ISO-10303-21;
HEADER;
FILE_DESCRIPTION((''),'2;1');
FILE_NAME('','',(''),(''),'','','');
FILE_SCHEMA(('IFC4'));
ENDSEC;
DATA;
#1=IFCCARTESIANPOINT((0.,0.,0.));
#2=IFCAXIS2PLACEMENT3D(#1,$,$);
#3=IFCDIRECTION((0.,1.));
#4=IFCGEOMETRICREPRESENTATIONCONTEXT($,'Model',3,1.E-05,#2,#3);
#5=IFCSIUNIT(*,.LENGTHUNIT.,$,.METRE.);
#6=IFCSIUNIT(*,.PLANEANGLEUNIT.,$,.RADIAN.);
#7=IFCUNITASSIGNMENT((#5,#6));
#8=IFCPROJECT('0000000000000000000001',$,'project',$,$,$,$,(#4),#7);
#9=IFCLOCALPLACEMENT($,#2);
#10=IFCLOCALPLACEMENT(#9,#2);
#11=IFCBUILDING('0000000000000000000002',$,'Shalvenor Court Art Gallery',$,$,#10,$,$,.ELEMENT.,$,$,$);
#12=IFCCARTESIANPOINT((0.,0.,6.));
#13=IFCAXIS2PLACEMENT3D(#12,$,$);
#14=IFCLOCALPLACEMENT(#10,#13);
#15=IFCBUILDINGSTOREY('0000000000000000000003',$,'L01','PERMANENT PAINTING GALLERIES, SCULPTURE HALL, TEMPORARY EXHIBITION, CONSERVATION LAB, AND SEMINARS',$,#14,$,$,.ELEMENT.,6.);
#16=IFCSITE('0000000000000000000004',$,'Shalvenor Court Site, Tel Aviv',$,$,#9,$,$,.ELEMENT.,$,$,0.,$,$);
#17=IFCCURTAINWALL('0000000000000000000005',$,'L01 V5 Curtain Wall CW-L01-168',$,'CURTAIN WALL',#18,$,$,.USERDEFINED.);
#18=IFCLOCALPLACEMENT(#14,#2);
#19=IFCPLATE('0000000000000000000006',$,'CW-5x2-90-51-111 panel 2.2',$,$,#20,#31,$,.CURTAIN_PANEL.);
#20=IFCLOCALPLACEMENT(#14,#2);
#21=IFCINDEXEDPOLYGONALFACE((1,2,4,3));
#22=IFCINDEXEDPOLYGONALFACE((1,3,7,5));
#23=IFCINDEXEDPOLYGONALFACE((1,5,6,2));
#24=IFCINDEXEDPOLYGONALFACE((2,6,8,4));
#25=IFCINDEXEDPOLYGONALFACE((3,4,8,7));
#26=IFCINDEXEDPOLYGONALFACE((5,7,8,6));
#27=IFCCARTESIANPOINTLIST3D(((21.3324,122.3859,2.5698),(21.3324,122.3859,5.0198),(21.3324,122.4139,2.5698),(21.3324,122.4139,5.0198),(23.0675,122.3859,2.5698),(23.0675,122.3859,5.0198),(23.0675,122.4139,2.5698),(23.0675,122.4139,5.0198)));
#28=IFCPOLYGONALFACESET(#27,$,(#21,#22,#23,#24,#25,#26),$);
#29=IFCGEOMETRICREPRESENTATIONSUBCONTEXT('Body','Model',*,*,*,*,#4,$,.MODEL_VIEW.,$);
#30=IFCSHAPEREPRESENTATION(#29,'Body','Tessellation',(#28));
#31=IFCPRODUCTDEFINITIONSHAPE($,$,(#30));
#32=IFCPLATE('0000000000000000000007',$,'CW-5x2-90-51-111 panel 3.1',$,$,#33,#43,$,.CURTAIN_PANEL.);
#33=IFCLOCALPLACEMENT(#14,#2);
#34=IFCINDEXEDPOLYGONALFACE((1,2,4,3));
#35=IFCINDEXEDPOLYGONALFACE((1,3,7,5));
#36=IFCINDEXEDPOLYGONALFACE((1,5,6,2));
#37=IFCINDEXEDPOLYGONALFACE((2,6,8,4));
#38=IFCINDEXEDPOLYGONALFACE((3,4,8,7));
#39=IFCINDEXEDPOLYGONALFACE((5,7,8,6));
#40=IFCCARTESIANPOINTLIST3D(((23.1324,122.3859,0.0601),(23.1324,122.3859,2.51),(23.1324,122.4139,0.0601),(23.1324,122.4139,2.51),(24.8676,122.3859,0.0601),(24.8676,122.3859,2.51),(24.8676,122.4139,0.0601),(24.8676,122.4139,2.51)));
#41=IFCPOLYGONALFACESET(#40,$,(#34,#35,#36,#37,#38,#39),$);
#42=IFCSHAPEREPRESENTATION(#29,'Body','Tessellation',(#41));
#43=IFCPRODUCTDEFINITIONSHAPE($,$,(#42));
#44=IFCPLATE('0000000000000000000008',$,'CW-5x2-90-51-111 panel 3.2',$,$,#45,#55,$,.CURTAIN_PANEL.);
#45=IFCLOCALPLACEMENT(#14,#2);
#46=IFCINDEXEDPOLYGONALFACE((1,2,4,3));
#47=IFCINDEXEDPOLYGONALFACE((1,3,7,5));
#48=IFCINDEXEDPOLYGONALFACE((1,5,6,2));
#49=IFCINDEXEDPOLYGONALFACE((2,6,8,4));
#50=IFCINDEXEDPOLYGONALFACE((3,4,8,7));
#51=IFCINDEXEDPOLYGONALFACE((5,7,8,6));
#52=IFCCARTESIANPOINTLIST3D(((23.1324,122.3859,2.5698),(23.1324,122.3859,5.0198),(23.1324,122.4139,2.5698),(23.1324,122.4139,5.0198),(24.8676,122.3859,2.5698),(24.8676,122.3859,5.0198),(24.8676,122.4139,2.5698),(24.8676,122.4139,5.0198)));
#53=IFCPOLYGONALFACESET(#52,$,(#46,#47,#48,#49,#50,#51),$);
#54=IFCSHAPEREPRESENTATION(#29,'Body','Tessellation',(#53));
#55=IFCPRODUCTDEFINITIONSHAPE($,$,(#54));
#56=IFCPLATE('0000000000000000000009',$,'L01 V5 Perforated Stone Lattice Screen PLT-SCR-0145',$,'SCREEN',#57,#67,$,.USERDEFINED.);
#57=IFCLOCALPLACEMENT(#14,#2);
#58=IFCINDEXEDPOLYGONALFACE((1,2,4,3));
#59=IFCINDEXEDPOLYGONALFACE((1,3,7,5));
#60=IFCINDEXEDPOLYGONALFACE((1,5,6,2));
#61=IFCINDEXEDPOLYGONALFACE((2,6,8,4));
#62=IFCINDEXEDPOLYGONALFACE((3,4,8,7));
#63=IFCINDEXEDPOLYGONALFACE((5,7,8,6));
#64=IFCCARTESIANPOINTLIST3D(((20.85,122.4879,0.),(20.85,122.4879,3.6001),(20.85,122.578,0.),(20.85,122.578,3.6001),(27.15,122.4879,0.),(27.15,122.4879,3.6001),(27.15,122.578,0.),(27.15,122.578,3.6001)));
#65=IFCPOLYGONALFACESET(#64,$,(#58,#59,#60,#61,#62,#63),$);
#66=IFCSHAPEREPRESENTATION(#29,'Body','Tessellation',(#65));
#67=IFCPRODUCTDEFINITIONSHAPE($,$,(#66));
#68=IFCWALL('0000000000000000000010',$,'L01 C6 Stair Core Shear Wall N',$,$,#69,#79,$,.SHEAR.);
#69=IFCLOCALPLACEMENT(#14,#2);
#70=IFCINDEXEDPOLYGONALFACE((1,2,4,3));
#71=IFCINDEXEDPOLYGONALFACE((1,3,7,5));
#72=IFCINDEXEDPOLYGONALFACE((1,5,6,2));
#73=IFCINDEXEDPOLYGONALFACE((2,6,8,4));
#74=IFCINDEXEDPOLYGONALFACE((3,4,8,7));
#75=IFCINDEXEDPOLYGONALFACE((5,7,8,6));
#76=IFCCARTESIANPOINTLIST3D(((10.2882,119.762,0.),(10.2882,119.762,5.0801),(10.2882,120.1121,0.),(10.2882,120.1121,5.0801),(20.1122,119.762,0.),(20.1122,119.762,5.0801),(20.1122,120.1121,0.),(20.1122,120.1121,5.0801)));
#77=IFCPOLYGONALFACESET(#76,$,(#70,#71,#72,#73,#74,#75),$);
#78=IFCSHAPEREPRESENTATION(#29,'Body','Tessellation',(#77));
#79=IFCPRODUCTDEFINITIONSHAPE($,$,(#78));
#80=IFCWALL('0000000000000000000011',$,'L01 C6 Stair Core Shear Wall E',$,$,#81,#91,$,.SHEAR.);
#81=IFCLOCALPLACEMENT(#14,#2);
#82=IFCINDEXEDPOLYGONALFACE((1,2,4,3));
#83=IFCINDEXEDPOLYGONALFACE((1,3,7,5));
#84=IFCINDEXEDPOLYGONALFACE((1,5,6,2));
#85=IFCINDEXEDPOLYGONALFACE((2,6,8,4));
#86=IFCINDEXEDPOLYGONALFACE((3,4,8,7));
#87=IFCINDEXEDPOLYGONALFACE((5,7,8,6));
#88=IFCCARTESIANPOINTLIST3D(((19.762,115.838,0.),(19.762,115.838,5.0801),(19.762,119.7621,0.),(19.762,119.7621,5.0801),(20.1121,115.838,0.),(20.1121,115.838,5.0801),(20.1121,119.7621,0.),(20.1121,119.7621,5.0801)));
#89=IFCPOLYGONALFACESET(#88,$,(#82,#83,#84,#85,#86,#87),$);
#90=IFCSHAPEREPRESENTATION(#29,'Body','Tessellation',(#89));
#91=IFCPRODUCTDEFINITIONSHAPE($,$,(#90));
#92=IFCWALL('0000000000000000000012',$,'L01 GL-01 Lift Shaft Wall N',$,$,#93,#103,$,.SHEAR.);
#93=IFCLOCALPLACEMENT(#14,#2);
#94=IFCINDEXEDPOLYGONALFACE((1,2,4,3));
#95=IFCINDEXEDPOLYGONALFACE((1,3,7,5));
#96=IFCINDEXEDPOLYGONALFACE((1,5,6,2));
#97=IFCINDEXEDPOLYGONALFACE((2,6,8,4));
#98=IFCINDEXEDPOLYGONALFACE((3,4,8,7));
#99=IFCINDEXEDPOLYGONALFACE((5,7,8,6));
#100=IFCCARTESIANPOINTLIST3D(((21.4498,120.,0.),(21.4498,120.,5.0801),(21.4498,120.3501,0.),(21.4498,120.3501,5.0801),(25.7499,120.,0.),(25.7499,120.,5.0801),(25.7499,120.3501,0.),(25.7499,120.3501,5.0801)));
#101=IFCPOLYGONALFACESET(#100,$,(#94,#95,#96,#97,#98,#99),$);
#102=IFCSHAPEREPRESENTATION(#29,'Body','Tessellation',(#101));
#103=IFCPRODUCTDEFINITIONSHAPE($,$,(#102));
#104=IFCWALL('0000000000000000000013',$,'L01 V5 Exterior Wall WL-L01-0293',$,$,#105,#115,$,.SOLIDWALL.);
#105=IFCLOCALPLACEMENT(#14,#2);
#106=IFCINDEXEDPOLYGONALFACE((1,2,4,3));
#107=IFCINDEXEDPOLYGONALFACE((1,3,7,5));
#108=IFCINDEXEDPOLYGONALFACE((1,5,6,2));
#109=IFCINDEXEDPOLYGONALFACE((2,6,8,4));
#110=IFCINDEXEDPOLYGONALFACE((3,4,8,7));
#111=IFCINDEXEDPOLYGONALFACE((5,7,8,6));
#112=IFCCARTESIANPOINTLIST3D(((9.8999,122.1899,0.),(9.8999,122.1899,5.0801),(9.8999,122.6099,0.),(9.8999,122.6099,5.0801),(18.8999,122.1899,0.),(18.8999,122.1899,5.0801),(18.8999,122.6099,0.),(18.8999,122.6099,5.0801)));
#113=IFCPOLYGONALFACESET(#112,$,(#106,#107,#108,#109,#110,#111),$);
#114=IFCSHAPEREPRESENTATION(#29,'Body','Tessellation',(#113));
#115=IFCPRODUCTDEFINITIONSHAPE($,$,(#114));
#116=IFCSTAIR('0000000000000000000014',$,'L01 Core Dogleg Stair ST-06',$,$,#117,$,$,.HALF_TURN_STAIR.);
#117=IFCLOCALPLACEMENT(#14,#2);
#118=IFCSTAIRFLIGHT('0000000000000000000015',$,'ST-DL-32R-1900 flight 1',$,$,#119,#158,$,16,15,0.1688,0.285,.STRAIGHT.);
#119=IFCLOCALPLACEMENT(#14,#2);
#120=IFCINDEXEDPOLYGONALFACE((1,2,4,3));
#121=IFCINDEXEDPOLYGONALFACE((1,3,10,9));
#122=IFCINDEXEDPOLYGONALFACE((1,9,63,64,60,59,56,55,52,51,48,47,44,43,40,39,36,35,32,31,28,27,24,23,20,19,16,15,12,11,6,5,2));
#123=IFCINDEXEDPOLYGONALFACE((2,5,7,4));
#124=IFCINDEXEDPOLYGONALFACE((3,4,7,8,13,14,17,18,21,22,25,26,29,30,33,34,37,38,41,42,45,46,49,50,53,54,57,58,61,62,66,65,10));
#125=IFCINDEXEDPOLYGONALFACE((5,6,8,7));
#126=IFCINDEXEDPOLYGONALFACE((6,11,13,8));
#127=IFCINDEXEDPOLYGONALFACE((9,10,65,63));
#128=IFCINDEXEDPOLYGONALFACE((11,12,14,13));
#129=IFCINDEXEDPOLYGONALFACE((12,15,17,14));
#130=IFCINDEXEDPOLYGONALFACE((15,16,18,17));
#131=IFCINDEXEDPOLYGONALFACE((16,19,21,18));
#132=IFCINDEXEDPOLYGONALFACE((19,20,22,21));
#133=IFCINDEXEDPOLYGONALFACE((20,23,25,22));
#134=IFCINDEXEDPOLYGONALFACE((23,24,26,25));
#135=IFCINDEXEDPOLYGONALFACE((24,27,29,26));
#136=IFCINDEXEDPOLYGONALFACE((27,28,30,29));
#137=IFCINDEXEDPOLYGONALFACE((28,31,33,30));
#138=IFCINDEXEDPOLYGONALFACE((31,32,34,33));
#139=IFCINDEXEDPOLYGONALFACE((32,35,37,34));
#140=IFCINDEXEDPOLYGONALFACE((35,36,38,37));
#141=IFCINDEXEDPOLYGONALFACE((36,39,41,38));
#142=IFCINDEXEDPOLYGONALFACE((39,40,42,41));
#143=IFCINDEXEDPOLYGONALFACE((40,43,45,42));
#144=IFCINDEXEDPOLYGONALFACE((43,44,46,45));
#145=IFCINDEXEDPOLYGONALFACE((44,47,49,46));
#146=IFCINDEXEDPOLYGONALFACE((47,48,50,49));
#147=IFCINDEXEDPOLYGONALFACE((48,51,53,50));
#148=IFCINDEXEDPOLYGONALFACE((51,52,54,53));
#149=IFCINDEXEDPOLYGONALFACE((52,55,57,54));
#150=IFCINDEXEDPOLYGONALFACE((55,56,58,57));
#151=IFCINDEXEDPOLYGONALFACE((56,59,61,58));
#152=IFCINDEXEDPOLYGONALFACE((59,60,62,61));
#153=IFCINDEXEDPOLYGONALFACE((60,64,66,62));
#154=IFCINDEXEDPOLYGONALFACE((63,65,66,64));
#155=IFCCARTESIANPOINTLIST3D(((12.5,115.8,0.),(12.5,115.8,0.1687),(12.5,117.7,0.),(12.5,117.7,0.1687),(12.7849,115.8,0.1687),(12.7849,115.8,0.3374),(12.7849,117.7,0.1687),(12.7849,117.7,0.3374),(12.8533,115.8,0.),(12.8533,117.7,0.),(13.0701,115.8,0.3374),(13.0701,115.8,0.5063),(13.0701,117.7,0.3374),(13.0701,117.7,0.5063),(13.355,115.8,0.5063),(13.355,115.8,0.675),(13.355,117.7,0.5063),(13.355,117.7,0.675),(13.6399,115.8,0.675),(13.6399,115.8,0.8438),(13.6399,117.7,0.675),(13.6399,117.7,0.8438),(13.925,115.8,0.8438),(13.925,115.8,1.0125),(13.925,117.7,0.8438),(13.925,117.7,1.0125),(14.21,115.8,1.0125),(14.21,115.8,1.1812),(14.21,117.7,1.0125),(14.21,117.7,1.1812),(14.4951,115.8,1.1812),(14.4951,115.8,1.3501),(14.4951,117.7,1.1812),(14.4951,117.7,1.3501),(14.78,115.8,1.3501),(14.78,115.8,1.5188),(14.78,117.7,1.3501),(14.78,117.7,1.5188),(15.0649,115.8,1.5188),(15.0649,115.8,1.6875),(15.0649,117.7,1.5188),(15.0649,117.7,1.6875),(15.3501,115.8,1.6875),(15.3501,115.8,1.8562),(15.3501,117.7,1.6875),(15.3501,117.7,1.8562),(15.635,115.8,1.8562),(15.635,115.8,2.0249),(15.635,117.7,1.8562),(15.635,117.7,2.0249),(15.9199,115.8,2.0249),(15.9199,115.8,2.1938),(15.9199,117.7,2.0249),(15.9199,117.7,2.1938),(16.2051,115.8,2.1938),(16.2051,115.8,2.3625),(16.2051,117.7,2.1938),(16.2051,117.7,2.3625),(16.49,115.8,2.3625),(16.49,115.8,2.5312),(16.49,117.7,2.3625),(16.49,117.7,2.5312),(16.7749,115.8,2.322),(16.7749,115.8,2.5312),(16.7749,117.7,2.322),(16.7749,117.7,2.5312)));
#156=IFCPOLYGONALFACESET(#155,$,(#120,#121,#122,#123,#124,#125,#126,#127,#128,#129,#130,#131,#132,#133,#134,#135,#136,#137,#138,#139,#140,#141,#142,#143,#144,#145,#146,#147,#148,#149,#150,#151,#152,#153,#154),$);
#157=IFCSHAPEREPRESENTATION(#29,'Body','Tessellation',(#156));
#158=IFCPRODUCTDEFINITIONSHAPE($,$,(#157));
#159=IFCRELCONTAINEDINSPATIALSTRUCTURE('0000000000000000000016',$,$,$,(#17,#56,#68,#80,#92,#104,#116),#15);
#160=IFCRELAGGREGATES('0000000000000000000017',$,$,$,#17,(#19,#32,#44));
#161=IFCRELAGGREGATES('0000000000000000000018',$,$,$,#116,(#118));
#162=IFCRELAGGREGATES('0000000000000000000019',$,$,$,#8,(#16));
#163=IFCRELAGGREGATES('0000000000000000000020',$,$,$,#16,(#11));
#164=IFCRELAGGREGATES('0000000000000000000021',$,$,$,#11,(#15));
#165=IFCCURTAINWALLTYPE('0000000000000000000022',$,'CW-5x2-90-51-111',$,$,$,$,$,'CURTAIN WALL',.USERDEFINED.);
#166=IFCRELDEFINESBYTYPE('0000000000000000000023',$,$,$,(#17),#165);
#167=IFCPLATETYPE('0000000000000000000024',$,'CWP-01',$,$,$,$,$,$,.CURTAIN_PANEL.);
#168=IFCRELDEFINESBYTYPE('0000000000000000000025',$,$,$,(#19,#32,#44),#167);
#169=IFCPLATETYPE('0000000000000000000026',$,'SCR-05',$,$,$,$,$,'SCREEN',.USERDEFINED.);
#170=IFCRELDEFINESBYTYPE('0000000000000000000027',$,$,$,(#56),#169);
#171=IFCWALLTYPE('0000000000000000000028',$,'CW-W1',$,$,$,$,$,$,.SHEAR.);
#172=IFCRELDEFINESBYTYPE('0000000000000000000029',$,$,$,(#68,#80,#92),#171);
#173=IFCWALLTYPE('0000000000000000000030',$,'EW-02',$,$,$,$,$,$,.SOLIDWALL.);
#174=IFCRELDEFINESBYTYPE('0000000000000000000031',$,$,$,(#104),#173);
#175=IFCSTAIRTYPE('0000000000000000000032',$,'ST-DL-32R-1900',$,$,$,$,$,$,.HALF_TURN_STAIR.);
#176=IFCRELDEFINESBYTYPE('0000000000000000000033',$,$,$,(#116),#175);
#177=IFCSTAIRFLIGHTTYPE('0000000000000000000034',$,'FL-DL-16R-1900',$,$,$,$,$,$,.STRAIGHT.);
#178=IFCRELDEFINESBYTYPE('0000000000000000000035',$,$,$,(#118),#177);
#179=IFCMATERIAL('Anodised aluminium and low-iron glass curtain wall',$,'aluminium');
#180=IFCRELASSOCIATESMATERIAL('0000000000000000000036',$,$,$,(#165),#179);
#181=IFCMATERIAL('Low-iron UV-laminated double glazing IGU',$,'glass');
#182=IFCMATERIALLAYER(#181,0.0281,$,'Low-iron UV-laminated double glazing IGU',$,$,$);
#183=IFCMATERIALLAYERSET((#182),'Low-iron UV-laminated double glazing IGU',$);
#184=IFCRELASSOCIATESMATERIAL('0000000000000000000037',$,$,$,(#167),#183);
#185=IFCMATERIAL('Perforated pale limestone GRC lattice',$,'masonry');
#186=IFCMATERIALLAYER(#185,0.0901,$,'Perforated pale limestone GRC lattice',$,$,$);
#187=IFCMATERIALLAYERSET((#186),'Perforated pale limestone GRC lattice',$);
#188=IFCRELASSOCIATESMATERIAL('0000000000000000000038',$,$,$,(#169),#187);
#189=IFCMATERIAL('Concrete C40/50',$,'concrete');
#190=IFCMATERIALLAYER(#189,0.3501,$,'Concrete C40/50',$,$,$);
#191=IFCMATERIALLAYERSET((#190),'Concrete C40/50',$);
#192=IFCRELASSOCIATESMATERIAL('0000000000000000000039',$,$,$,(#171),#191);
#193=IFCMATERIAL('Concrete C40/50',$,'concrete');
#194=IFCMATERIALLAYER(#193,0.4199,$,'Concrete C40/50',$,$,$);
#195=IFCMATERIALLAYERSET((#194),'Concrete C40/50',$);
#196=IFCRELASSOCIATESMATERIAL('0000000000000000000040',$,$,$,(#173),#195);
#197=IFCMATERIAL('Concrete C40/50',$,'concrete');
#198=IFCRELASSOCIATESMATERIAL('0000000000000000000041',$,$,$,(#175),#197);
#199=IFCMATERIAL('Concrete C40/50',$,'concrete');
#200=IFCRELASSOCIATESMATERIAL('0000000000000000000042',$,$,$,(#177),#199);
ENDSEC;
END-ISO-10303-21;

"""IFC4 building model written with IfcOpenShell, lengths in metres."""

from ifc_helpers import new_model, si_unit, direction, frame, frame_2d, origin, origin_2d, place, context, subcontext, project, spatial, polyline, rectangle, outline, extrude, material, layer, layer_set, type_object, element, aggregate, save


model = new_model("IFC4")

# Units and contexts
model_context = context("Model", 3, precision=1e-05, world=origin(), true_north=direction((0.0, 1.0)))
body_context = subcontext(model_context, "Body", "Model", "MODEL_VIEW")
ifc_project = project(units=[si_unit("LENGTHUNIT", "METRE"), si_unit("PLANEANGLEUNIT", "RADIAN")], contexts=[model_context])

# Site, building, storey
site_placement = place(None, origin())
site = spatial("IfcSite", under=ifc_project, at=site_placement, Name="Shalvenor Court Site, Tel Aviv", CompositionType="ELEMENT", RefElevation=0.0)
building_placement = place(site_placement, origin())
building = spatial("IfcBuilding", under=site, at=building_placement, Name="Shalvenor Court Art Gallery", CompositionType="ELEMENT")
storey_placement = place(building_placement, frame((0.0, 0.0, 6.0)))
storey = spatial("IfcBuildingStorey", under=building, at=storey_placement, Name="L01", Description="PERMANENT PAINTING GALLERIES, SCULPTURE HALL, TEMPORARY EXHIBITION, CONSERVATION LAB, AND SEMINARS", CompositionType="ELEMENT", Elevation=6.0)

# Curtain wall
ifc_material_1 = material(Name="Anodised aluminium and low-iron glass curtain wall", Category="aluminium")
curtain_wall_type = type_object("IfcCurtainWallType", Name="CW-5x2-90-51-111", ElementType="CURTAIN WALL", PredefinedType="USERDEFINED", material=ifc_material_1)
curtain_wall_placement = place(storey_placement, origin())
curtain_wall = element("IfcCurtainWall", 1, at=curtain_wall_placement, inside=storey, type_object=curtain_wall_type, Name="L01 V5 Curtain Wall CW-L01-168", ObjectType="CURTAIN WALL", PredefinedType="USERDEFINED")

# Plates
ifc_material_2 = material(Name="Low-iron UV-laminated double glazing IGU", Category="glass")
ifc_layer_1 = layer(ifc_material_2, 0.0281, Name="Low-iron UV-laminated double glazing IGU")
ifc_layer_set_1 = layer_set([ifc_layer_1], Name="Low-iron UV-laminated double glazing IGU")
plate_type_1 = type_object("IfcPlateType", Name="CWP-01", PredefinedType="CURTAIN_PANEL", material=ifc_layer_set_1)
plate_1_placement = place(storey_placement, frame((22.2, 122.3999, 2.5698), z_axis=(0.0, 0.0, 1.0), x_axis=(1.0, 0.0, 0.0)))
plate_1 = element("IfcPlate", 2, at=plate_1_placement, type_object=plate_type_1, Name="CW-5x2-90-51-111 panel 2.2", PredefinedType="CURTAIN_PANEL", context=body_context, shape_type="SweptSolid", body=[
    extrude(rectangle(XDim=1.7351, YDim=0.0281, at=origin_2d()), origin(), (0.0, 0.0, 1.0), 2.45),
])
plate_2_placement = place(storey_placement, frame((24.0, 122.3999, 0.0601), z_axis=(0.0, 0.0, 1.0), x_axis=(1.0, 0.0, 0.0)))
plate_2 = element("IfcPlate", 3, at=plate_2_placement, type_object=plate_type_1, Name="CW-5x2-90-51-111 panel 3.1", PredefinedType="CURTAIN_PANEL", context=body_context, shape_type="SweptSolid", body=[
    extrude(rectangle(XDim=1.7351, YDim=0.0281, at=origin_2d()), origin(), (0.0, 0.0, 1.0), 2.45),
])
plate_3_placement = place(storey_placement, frame((24.0, 122.3999, 2.5698), z_axis=(0.0, 0.0, 1.0), x_axis=(1.0, 0.0, 0.0)))
plate_3 = element("IfcPlate", 4, at=plate_3_placement, type_object=plate_type_1, Name="CW-5x2-90-51-111 panel 3.2", PredefinedType="CURTAIN_PANEL", context=body_context, shape_type="SweptSolid", body=[
    extrude(rectangle(XDim=1.7351, YDim=0.0281, at=origin_2d()), origin(), (0.0, 0.0, 1.0), 2.45),
])
aggregate(curtain_wall, [plate_1, plate_2, plate_3])
ifc_material_3 = material(Name="Perforated pale limestone GRC lattice", Category="masonry")
ifc_layer_2 = layer(ifc_material_3, 0.0901, Name="Perforated pale limestone GRC lattice")
ifc_layer_set_2 = layer_set([ifc_layer_2], Name="Perforated pale limestone GRC lattice")
plate_type_2 = type_object("IfcPlateType", Name="SCR-05", ElementType="SCREEN", PredefinedType="USERDEFINED", material=ifc_layer_set_2)
plate_4_placement = place(storey_placement, frame((24.0, 122.533, 0.0), z_axis=(0.0, 0.0, 1.0), x_axis=(1.0, 0.0, 0.0)))
element("IfcPlate", 5, at=plate_4_placement, inside=storey, type_object=plate_type_2, Name="L01 V5 Perforated Stone Lattice Screen PLT-SCR-0145", ObjectType="SCREEN", PredefinedType="USERDEFINED", context=body_context, shape_type="SweptSolid", body=[
    extrude(rectangle(XDim=6.3, YDim=0.0901, at=origin_2d()), origin(), (0.0, 0.0, 1.0), 3.6001),
])

# Walls
ifc_material_4 = material(Name="Concrete C40/50", Category="concrete")
ifc_layer_3 = layer(ifc_material_4, 0.3501, Name="Concrete C40/50")
ifc_layer_set_3 = layer_set([ifc_layer_3], Name="Concrete C40/50")
wall_type_1 = type_object("IfcWallType", Name="CW-W1", PredefinedType="SHEAR", material=ifc_layer_set_3)
wall_1_placement = place(storey_placement, frame((10.2881, 119.937, 0.0), z_axis=(0.0, 0.0, 1.0), x_axis=(1.0, 0.0, 0.0)))
element("IfcWall", 6, at=wall_1_placement, inside=storey, type_object=wall_type_1, Name="L01 C6 Stair Core Shear Wall N", PredefinedType="SHEAR", context=body_context, shape_type="SweptSolid", body=[
    extrude(rectangle(XDim=9.824, YDim=0.3501, at=frame_2d((4.9121, 0.0))), origin(), (0.0, 0.0, 1.0), 5.0801),
])
wall_2_placement = place(storey_placement, frame((19.937, 119.762, 0.0), z_axis=(0.0, 0.0, 1.0), x_axis=(0.0, -1.0, 0.0)))
element("IfcWall", 7, at=wall_2_placement, inside=storey, type_object=wall_type_1, Name="L01 C6 Stair Core Shear Wall E", PredefinedType="SHEAR", context=body_context, shape_type="SweptSolid", body=[
    extrude(rectangle(XDim=3.9241, YDim=0.3501, at=frame_2d((1.9619, 0.0))), origin(), (0.0, 0.0, 1.0), 5.0801),
])
wall_3_placement = place(storey_placement, frame((21.45, 120.175, 0.0), z_axis=(0.0, 0.0, 1.0), x_axis=(1.0, 0.0, 0.0)))
element("IfcWall", 8, at=wall_3_placement, inside=storey, type_object=wall_type_1, Name="L01 GL-01 Lift Shaft Wall N", PredefinedType="SHEAR", context=body_context, shape_type="SweptSolid", body=[
    extrude(rectangle(XDim=4.3, YDim=0.3501, at=frame_2d((2.1499, 0.0))), origin(), (0.0, 0.0, 1.0), 5.0801),
])
ifc_material_5 = material(Name="Concrete C40/50", Category="concrete")
ifc_layer_4 = layer(ifc_material_5, 0.4199, Name="Concrete C40/50")
ifc_layer_set_4 = layer_set([ifc_layer_4], Name="Concrete C40/50")
wall_type_2 = type_object("IfcWallType", Name="EW-02", PredefinedType="SOLIDWALL", material=ifc_layer_set_4)
wall_4_placement = place(storey_placement, frame((9.8999, 122.3999, 0.0), z_axis=(0.0, 0.0, 1.0), x_axis=(1.0, 0.0, 0.0)))
element("IfcWall", 9, at=wall_4_placement, inside=storey, type_object=wall_type_2, Name="L01 V5 Exterior Wall WL-L01-0293", PredefinedType="SOLIDWALL", context=body_context, shape_type="SweptSolid", body=[
    extrude(rectangle(XDim=9.0, YDim=0.4199, at=frame_2d((4.5, 0.0))), origin(), (0.0, 0.0, 1.0), 5.0801),
])

# Stair, stair flight
ifc_material_6 = material(Name="Concrete C40/50", Category="concrete")
stair_type = type_object("IfcStairType", Name="ST-DL-32R-1900", PredefinedType="HALF_TURN_STAIR", material=ifc_material_6)
stair_placement = place(storey_placement, origin())
stair = element("IfcStair", 10, at=stair_placement, inside=storey, type_object=stair_type, Name="L01 Core Dogleg Stair ST-06", PredefinedType="HALF_TURN_STAIR")
ifc_material_7 = material(Name="Concrete C40/50", Category="concrete")
stair_flight_type = type_object("IfcStairFlightType", Name="FL-DL-16R-1900", PredefinedType="STRAIGHT", material=ifc_material_7)
stair_flight_1_placement = place(storey_placement, frame((12.5, 116.75, 0.0), z_axis=(0.0, 0.0, 1.0), x_axis=(1.0, 0.0, 0.0)))
stair_flight_1 = element("IfcStairFlight", 11, at=stair_flight_1_placement, type_object=stair_flight_type, Name="ST-DL-32R-1900 flight 1", NumberOfRisers=16, NumberOfTreads=15, PredefinedType="STRAIGHT", RiserHeight=0.1688, TreadLength=0.285, context=body_context, shape_type="SweptSolid", body=[
    extrude(outline(polyline([(0.0, 0.0), (0.0, 0.1687), (0.2849, 0.1687), (0.2849, 0.3374), (0.5701, 0.3374), (0.5701, 0.5063), (0.855, 0.5063), (0.855, 0.675), (1.1399, 0.675), (1.1399, 0.8438), (1.425, 0.8438), (1.425, 1.0125), (1.71, 1.0125), (1.71, 1.1812), (1.9951, 1.1812), (1.9951, 1.3501), (2.28, 1.3501), (2.28, 1.5188), (2.5649, 1.5188), (2.5649, 1.6875), (2.8501, 1.6875), (2.8501, 1.8562), (3.135, 1.8562), (3.135, 2.0249), (3.4199, 2.0249), (3.4199, 2.1938), (3.7051, 2.1938), (3.7051, 2.3625), (3.99, 2.3625), (3.99, 2.5312), (4.2749, 2.5312), (4.2749, 2.7), (4.2749, 2.322), (0.3533, 0.0), (0.0, 0.0)])), frame((0.0, 0.95, 0.0), z_axis=(0.0, -1.0, 0.0), x_axis=(1.0, 0.0, 0.0)), (0.0, 0.0, 1.0), 1.8999),
])
aggregate(stair, [stair_flight_1])

save(model, "model.ifc")
